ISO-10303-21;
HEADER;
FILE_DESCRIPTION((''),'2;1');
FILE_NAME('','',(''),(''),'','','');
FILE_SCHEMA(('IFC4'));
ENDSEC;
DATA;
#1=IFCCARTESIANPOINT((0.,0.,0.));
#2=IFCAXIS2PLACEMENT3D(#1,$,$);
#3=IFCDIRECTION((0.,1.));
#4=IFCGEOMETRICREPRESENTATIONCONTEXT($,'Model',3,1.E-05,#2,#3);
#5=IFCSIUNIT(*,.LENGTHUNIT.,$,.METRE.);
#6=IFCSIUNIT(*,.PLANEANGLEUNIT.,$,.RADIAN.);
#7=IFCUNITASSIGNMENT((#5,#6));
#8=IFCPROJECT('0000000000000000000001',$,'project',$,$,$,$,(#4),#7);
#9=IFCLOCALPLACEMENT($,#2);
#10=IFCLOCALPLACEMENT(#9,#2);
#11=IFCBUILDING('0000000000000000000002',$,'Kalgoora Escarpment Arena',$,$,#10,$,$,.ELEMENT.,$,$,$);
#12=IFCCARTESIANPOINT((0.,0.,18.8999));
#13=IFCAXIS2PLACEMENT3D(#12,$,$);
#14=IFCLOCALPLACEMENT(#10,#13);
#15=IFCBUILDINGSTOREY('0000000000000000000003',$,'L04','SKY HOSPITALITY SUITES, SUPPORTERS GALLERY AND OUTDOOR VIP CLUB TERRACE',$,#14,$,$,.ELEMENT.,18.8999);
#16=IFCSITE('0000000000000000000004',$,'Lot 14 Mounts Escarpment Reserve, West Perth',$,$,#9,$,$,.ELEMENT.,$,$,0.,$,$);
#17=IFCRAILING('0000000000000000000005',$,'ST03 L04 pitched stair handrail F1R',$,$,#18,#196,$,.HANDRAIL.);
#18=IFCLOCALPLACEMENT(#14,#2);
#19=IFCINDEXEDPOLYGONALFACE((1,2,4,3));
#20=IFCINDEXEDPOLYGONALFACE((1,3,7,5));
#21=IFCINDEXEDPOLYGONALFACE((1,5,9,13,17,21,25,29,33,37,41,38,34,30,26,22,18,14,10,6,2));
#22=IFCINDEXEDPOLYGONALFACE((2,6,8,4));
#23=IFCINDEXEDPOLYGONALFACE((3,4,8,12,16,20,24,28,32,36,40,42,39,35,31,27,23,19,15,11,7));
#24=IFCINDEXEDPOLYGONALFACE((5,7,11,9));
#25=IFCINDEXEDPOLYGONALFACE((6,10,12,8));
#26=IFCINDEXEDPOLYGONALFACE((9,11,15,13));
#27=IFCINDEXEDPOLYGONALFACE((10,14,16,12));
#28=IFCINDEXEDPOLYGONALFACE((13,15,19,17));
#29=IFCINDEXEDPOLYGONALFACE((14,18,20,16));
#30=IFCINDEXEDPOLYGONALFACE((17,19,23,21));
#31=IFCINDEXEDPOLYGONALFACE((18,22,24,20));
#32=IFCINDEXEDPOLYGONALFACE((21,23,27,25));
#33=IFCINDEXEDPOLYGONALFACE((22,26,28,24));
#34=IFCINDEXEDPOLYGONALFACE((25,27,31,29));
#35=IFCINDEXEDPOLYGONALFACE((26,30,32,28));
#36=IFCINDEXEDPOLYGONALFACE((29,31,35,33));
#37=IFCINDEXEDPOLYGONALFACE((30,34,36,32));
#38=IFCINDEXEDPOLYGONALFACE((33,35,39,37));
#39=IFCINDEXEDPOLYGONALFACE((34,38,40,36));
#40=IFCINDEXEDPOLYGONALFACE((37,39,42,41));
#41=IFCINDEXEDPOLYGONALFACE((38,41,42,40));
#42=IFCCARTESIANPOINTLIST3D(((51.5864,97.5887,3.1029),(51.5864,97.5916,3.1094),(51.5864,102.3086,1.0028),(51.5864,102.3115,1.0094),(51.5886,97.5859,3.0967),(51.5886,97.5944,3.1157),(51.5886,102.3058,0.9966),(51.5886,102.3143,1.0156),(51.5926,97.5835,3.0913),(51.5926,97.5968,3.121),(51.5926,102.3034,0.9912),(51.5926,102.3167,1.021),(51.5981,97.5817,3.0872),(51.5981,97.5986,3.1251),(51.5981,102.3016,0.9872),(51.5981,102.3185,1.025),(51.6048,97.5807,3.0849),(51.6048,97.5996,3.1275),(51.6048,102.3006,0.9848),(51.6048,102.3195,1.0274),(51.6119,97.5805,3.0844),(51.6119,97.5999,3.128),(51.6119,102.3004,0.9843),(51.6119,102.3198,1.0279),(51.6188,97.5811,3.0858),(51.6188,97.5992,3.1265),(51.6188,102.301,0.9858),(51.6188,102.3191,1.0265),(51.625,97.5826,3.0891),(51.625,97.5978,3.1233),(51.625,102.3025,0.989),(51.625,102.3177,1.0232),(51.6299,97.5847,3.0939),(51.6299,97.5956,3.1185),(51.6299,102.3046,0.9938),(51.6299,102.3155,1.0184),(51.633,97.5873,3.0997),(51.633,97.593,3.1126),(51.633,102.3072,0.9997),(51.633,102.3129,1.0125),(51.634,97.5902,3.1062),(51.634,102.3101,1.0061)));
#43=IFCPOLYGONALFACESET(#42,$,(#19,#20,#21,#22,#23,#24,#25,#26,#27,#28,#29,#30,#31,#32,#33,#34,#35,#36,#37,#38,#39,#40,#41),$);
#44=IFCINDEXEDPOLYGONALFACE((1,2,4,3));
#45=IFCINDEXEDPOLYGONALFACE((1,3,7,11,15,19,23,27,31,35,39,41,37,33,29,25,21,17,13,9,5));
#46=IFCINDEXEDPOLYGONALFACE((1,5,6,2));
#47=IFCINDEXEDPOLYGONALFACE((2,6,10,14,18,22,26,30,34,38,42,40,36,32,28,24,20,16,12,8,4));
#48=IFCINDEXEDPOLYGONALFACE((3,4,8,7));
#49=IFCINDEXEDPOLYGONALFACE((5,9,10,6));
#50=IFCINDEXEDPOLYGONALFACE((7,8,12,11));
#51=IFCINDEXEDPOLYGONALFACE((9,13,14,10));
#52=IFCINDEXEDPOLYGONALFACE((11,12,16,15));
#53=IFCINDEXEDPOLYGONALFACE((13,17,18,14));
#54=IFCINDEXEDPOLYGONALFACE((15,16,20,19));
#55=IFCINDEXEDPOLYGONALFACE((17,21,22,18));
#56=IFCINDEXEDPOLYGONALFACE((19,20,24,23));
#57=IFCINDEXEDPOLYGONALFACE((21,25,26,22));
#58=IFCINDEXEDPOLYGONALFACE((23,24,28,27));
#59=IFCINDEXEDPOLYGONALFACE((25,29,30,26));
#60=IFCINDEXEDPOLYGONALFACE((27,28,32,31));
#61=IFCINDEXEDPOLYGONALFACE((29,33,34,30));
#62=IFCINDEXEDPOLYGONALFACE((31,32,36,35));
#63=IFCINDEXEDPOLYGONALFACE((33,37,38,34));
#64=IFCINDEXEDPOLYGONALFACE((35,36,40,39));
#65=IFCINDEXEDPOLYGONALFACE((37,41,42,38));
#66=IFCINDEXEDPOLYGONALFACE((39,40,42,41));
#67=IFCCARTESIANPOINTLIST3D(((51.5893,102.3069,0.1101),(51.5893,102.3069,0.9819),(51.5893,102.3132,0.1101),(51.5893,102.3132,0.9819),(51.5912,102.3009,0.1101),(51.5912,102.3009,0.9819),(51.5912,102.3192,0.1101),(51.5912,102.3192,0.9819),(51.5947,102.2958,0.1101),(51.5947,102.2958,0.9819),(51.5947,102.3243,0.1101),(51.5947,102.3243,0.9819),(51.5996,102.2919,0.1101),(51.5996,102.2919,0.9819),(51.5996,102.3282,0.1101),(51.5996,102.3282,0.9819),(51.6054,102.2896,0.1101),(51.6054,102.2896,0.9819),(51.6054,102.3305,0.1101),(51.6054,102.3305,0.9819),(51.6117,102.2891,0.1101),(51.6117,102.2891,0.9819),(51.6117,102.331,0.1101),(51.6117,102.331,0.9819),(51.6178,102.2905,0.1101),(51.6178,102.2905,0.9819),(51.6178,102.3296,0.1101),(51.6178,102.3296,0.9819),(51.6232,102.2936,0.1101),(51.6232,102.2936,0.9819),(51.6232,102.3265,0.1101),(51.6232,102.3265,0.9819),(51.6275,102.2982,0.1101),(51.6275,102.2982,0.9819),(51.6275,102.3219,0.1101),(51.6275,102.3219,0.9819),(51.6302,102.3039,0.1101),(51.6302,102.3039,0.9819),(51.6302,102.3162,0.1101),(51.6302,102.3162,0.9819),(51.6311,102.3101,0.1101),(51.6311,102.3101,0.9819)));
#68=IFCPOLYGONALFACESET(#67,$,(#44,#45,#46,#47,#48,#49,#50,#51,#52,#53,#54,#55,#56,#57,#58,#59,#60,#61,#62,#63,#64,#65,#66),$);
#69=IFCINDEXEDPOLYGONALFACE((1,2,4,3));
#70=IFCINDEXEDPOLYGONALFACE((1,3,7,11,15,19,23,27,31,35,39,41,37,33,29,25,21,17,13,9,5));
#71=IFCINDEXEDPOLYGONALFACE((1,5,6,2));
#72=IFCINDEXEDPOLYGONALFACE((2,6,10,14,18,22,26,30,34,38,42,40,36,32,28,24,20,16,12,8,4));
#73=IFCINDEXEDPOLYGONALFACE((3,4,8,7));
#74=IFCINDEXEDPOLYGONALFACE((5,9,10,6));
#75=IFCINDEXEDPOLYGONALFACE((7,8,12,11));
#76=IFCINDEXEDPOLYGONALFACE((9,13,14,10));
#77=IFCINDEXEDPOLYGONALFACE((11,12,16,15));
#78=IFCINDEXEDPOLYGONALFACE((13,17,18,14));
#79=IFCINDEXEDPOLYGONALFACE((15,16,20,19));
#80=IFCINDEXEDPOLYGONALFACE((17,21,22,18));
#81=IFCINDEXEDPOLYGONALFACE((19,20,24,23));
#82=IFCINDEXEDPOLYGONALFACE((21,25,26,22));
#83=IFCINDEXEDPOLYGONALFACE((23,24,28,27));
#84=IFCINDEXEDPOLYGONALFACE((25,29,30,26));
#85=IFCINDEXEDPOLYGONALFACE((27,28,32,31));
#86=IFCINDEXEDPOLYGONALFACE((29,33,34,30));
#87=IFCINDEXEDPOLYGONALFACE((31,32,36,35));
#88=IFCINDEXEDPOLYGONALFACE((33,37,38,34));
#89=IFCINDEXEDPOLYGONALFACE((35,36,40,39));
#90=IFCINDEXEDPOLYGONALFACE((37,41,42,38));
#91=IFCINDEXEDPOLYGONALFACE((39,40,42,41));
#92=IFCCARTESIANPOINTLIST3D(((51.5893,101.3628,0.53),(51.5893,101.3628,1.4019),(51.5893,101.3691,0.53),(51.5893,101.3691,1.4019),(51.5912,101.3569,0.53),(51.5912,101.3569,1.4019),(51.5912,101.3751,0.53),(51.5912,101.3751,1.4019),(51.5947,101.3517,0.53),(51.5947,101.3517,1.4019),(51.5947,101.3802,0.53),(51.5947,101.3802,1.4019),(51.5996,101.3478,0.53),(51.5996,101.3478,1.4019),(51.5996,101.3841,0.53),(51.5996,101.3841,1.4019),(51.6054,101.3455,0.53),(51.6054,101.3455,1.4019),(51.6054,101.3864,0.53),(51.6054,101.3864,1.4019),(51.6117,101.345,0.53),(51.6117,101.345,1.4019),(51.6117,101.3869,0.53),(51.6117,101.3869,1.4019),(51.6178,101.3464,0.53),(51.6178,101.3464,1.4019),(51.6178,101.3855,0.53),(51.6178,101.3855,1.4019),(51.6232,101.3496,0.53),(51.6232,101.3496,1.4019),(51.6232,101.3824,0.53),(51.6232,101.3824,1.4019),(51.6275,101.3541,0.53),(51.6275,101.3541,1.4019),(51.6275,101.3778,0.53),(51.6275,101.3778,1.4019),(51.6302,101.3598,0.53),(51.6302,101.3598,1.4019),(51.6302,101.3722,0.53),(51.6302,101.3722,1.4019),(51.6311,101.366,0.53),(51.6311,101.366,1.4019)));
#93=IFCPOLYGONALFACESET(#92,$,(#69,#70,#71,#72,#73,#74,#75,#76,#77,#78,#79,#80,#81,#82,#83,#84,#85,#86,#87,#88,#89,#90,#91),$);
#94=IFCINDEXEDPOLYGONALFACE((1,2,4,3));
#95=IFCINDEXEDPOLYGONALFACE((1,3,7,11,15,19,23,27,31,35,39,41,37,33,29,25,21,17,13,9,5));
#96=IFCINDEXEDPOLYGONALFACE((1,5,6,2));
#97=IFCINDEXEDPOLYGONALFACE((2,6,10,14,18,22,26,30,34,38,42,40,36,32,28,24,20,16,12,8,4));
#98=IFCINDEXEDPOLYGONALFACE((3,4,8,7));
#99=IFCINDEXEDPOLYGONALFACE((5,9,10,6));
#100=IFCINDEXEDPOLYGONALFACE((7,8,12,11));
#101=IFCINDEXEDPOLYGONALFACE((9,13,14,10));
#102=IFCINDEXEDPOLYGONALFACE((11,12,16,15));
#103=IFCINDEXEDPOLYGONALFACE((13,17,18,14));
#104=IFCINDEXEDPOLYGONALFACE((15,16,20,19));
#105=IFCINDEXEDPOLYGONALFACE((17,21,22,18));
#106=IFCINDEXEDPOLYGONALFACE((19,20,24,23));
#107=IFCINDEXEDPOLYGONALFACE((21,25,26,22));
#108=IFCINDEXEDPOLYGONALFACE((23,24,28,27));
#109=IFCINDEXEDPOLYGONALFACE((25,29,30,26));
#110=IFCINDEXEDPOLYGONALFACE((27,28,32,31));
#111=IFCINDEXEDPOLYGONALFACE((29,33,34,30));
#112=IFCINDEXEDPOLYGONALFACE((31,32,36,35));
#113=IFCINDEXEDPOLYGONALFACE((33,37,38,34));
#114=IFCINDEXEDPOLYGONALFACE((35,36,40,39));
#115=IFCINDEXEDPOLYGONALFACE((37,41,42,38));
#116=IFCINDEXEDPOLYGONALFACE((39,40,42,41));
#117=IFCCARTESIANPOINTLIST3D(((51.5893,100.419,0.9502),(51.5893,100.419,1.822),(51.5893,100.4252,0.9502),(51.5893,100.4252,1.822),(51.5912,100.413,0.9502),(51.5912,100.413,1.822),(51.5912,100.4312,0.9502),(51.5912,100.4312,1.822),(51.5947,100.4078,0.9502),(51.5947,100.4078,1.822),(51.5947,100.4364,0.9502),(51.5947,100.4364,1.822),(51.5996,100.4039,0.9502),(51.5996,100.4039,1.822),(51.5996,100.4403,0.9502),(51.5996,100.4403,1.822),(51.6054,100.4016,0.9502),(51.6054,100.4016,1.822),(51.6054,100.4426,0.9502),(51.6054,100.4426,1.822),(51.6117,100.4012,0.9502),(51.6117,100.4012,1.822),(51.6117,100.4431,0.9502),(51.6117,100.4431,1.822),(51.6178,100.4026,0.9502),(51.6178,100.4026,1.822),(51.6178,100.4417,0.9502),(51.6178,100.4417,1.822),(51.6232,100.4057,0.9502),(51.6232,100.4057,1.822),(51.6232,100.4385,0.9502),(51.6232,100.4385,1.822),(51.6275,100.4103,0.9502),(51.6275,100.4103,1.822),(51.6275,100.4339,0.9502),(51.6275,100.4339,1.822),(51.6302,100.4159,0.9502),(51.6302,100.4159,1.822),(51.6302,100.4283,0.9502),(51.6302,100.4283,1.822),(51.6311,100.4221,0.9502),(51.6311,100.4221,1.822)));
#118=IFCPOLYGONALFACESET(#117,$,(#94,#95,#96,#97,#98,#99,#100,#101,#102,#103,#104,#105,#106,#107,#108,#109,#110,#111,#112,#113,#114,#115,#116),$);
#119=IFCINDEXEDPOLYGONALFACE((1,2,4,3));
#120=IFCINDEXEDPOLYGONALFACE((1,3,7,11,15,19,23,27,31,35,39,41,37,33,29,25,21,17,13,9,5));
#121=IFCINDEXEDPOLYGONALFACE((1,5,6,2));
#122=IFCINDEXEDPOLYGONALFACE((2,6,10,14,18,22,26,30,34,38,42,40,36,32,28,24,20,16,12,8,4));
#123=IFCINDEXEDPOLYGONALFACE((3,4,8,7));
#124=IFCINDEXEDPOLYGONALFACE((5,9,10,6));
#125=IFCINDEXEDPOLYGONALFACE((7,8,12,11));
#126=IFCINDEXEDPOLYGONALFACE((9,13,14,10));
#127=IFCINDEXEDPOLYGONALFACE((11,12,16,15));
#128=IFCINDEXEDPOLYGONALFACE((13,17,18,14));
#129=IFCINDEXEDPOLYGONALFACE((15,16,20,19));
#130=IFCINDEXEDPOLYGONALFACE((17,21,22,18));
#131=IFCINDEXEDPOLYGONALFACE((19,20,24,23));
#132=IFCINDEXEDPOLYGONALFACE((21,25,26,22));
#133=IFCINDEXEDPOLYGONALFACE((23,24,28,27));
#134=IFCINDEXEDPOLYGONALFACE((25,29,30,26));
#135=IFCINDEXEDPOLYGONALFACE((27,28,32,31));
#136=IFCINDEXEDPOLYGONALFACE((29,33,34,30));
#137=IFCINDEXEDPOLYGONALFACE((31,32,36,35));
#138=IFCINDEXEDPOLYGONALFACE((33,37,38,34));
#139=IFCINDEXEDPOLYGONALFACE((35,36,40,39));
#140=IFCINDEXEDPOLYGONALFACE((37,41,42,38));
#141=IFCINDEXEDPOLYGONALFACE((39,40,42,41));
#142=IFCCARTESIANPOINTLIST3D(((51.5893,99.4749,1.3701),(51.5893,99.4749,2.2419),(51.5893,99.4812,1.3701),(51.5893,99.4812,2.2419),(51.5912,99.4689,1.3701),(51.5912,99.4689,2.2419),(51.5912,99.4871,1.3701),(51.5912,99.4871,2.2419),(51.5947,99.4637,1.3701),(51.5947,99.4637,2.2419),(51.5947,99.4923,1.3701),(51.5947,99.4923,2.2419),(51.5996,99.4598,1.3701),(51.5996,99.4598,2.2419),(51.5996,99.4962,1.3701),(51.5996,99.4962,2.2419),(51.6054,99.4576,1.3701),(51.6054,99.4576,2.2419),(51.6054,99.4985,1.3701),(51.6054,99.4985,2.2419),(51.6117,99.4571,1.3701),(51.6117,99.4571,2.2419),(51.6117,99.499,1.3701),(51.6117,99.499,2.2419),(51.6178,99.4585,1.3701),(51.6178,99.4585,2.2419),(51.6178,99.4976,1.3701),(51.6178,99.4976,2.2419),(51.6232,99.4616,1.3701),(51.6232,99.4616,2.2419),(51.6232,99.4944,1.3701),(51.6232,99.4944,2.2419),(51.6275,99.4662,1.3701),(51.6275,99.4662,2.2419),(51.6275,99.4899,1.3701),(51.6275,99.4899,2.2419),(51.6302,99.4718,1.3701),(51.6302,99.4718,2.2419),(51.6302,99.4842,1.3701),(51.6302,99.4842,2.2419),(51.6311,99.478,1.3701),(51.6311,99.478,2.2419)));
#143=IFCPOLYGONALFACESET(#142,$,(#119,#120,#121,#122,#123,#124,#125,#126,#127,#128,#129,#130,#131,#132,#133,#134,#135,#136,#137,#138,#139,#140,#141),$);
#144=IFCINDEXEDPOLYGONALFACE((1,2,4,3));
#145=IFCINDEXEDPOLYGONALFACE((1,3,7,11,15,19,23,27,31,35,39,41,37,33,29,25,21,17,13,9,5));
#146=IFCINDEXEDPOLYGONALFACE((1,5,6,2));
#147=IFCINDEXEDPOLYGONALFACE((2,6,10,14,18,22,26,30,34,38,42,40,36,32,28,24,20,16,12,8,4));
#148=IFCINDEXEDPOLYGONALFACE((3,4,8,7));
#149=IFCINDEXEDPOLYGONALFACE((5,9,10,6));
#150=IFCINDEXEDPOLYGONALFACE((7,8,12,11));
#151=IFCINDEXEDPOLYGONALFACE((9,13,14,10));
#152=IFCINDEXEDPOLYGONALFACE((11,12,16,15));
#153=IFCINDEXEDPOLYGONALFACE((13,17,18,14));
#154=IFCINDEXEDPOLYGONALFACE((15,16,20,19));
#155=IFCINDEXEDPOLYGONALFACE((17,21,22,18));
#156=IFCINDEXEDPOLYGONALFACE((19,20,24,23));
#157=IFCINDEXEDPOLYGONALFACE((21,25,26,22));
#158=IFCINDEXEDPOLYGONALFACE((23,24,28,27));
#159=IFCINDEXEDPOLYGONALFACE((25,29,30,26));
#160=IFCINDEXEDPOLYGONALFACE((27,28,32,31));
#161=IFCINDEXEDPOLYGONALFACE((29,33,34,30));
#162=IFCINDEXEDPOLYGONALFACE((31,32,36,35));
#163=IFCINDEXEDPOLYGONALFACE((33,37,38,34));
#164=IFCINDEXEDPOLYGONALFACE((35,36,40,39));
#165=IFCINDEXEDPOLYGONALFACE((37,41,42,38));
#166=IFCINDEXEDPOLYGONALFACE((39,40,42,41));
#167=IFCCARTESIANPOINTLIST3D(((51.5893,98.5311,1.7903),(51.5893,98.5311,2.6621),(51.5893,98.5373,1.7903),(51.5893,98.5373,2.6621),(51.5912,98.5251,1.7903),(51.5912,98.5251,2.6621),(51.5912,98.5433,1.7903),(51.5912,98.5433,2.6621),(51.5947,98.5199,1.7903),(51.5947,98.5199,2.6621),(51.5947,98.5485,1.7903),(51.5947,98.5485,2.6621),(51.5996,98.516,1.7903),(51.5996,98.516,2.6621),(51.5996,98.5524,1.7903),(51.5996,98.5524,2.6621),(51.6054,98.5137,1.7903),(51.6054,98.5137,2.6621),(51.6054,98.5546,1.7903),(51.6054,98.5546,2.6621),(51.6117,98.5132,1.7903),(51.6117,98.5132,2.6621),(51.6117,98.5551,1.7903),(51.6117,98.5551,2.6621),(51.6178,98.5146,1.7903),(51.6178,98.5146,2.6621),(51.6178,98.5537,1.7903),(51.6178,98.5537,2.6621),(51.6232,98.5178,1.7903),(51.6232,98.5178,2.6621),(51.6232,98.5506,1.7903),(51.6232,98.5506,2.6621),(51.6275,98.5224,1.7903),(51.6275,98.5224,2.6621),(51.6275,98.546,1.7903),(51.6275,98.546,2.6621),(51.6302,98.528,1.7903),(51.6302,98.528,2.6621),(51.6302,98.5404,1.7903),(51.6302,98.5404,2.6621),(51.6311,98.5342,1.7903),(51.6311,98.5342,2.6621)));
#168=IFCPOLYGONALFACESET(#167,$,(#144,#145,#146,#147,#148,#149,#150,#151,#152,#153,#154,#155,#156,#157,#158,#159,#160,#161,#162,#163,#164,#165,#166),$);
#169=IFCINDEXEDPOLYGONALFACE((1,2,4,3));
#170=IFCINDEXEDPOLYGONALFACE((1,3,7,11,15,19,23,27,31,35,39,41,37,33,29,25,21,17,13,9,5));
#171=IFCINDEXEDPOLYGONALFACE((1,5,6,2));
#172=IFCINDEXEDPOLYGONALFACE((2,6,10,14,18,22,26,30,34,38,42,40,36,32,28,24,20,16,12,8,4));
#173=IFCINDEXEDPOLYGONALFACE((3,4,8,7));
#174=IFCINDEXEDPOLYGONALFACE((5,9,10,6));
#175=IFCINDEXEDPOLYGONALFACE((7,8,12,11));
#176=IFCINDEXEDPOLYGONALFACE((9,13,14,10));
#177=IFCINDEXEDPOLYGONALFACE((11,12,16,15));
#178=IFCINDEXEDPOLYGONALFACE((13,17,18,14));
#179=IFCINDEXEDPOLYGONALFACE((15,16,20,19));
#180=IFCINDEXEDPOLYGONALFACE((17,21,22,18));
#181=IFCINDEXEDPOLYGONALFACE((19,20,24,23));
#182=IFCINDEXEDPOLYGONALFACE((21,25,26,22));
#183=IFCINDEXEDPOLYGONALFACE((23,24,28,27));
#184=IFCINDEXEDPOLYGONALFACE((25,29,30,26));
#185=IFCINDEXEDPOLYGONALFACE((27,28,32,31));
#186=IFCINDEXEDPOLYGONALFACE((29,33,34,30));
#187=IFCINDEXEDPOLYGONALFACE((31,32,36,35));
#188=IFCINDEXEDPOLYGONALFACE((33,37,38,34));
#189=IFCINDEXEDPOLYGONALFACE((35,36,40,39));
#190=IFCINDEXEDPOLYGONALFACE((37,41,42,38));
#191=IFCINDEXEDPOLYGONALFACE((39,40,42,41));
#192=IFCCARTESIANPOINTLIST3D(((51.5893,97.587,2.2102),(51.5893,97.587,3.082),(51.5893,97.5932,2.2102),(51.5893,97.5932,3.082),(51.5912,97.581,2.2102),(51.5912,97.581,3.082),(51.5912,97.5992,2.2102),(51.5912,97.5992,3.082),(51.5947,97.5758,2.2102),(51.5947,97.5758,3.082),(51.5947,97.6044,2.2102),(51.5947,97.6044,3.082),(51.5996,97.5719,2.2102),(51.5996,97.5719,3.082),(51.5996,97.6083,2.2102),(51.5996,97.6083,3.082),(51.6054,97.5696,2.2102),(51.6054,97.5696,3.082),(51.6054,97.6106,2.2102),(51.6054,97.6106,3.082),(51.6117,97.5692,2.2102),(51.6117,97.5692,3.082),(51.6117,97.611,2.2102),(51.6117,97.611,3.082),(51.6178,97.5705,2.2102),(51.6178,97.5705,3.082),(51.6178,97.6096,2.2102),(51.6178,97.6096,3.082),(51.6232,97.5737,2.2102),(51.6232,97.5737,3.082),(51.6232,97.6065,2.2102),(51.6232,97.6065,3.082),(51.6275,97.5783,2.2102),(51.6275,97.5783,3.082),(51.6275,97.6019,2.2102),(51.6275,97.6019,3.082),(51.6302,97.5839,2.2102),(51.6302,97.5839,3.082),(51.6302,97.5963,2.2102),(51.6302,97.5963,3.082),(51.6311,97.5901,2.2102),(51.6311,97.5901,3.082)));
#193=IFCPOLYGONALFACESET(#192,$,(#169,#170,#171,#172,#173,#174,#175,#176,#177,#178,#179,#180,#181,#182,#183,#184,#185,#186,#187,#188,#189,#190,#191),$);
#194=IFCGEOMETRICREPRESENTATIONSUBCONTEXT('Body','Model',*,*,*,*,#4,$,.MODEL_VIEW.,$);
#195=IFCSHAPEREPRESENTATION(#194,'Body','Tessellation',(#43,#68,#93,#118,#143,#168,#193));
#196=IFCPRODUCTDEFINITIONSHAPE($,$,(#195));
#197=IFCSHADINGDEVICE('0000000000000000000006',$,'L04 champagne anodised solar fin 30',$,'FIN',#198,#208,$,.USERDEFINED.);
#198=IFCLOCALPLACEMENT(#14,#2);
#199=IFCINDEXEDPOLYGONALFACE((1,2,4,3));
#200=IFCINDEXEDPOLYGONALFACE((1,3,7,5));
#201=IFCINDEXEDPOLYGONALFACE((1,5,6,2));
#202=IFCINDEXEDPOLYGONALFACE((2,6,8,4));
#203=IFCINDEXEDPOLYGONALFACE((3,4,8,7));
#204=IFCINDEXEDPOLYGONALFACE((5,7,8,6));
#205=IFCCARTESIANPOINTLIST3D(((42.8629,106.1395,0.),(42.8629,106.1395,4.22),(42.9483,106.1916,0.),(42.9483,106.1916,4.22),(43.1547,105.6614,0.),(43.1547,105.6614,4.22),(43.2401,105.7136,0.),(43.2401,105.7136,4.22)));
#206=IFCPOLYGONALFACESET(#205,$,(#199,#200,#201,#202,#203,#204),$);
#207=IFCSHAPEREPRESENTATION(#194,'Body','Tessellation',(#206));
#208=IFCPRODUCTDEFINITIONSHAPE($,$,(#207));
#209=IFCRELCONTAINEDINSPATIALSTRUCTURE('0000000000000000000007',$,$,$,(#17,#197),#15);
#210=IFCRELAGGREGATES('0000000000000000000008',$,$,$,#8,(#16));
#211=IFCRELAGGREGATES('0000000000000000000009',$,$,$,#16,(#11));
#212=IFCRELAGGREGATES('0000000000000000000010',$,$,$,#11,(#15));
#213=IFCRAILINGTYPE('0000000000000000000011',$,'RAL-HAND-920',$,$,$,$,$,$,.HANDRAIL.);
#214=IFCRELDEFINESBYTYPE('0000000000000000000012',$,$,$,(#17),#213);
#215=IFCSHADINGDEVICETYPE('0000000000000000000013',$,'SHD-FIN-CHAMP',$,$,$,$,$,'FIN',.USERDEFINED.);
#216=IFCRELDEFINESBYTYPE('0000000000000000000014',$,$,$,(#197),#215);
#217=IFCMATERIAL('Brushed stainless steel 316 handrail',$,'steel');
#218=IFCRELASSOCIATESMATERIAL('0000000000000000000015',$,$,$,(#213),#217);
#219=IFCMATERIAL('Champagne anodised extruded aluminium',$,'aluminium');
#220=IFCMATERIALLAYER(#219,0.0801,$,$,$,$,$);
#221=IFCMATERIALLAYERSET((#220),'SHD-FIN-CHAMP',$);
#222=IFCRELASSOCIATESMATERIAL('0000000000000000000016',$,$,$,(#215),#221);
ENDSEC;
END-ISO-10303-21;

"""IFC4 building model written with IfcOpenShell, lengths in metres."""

from ifc_helpers import new_model, si_unit, direction, frame, origin, origin_2d, place, context, subcontext, project, spatial, rectangle, circle, extrude, material, layer, layer_set, type_object, element, save


model = new_model("IFC4")

# Units and contexts
model_context = context("Model", 3, precision=1e-05, world=origin(), true_north=direction((0.0, 1.0)))
body_context = subcontext(model_context, "Body", "Model", "MODEL_VIEW")
ifc_project = project(units=[si_unit("LENGTHUNIT", "METRE"), si_unit("PLANEANGLEUNIT", "RADIAN")], contexts=[model_context])

# Site, building, storey
site_placement = place(None, origin())
site = spatial("IfcSite", under=ifc_project, at=site_placement, Name="Lot 14 Mounts Escarpment Reserve, West Perth", CompositionType="ELEMENT", RefElevation=0.0)
building_placement = place(site_placement, origin())
building = spatial("IfcBuilding", under=site, at=building_placement, Name="Kalgoora Escarpment Arena", CompositionType="ELEMENT")
storey_placement = place(building_placement, frame((0.0, 0.0, 18.8999)))
storey = spatial("IfcBuildingStorey", under=building, at=storey_placement, Name="L04", Description="SKY HOSPITALITY SUITES, SUPPORTERS GALLERY AND OUTDOOR VIP CLUB TERRACE", CompositionType="ELEMENT", Elevation=18.8999)

# Railing
ifc_material_1 = material(Name="Brushed stainless steel 316 handrail", Category="steel")
railing_type_1 = type_object("IfcRailingType", Name="RAL-HAND-920", PredefinedType="HANDRAIL", material=ifc_material_1)
for number, where, name in (
    (1, (51.6101, 102.3101, 0.1101), "ST03 L04 pitched stair handrail F1R"),
):
    element("IfcRailing", number, at=place(storey_placement, frame(where)), inside=storey, type_object=railing_type_1, Name=name, PredefinedType="HANDRAIL", context=body_context, shape_type="SweptSolid", body=[
        extrude(circle(Radius=0.0239, at=origin_2d()), frame((0.0, 0.0, 0.896), z_axis=(0.0, -0.913644, 0.406516), x_axis=(1.0, 0.0, 0.0)), (0.0, 0.0, 1.0), 5.166),
        extrude(circle(Radius=0.021, at=origin_2d()), origin(), (0.0, 0.0, 1.0), 0.8718),
        extrude(circle(Radius=0.021, at=origin_2d()), frame((0.0, -0.9441, 0.4199)), (0.0, 0.0, 1.0), 0.8718),
        extrude(circle(Radius=0.021, at=origin_2d()), frame((0.0, -1.8879, 0.8401)), (0.0, 0.0, 1.0), 0.8718),
        extrude(circle(Radius=0.021, at=origin_2d()), frame((0.0, -2.832, 1.26)), (0.0, 0.0, 1.0), 0.8718),
        extrude(circle(Radius=0.021, at=origin_2d()), frame((0.0, -3.7759, 1.6802)), (0.0, 0.0, 1.0), 0.8718),
        extrude(circle(Radius=0.021, at=origin_2d()), frame((0.0, -4.72, 2.1001)), (0.0, 0.0, 1.0), 0.8718),
    ])

# Shading device
ifc_material_2 = material(Name="Champagne anodised extruded aluminium", Category="aluminium")
ifc_layer_1 = layer(ifc_material_2, 0.0801)
ifc_layer_set_1 = layer_set([ifc_layer_1], Name="SHD-FIN-CHAMP")
shading_device_type = type_object("IfcShadingDeviceType", Name="SHD-FIN-CHAMP", ElementType="FIN", PredefinedType="USERDEFINED", material=ifc_layer_set_1)
shading_device_placement = place(storey_placement, frame((43.0515, 105.9265, 0.0), z_axis=(0.0, 0.0, 1.0), x_axis=(-0.52101, 0.853551, 0.0)))
element("IfcShadingDevice", 2, at=shading_device_placement, inside=storey, type_object=shading_device_type, Name="L04 champagne anodised solar fin 30", ObjectType="FIN", PredefinedType="USERDEFINED", context=body_context, shape_type="SweptSolid", body=[
    extrude(rectangle(XDim=0.5601, YDim=0.1001, at=origin_2d()), origin(), (0.0, 0.0, 1.0), 4.22),
])

save(model, "model.ifc")
